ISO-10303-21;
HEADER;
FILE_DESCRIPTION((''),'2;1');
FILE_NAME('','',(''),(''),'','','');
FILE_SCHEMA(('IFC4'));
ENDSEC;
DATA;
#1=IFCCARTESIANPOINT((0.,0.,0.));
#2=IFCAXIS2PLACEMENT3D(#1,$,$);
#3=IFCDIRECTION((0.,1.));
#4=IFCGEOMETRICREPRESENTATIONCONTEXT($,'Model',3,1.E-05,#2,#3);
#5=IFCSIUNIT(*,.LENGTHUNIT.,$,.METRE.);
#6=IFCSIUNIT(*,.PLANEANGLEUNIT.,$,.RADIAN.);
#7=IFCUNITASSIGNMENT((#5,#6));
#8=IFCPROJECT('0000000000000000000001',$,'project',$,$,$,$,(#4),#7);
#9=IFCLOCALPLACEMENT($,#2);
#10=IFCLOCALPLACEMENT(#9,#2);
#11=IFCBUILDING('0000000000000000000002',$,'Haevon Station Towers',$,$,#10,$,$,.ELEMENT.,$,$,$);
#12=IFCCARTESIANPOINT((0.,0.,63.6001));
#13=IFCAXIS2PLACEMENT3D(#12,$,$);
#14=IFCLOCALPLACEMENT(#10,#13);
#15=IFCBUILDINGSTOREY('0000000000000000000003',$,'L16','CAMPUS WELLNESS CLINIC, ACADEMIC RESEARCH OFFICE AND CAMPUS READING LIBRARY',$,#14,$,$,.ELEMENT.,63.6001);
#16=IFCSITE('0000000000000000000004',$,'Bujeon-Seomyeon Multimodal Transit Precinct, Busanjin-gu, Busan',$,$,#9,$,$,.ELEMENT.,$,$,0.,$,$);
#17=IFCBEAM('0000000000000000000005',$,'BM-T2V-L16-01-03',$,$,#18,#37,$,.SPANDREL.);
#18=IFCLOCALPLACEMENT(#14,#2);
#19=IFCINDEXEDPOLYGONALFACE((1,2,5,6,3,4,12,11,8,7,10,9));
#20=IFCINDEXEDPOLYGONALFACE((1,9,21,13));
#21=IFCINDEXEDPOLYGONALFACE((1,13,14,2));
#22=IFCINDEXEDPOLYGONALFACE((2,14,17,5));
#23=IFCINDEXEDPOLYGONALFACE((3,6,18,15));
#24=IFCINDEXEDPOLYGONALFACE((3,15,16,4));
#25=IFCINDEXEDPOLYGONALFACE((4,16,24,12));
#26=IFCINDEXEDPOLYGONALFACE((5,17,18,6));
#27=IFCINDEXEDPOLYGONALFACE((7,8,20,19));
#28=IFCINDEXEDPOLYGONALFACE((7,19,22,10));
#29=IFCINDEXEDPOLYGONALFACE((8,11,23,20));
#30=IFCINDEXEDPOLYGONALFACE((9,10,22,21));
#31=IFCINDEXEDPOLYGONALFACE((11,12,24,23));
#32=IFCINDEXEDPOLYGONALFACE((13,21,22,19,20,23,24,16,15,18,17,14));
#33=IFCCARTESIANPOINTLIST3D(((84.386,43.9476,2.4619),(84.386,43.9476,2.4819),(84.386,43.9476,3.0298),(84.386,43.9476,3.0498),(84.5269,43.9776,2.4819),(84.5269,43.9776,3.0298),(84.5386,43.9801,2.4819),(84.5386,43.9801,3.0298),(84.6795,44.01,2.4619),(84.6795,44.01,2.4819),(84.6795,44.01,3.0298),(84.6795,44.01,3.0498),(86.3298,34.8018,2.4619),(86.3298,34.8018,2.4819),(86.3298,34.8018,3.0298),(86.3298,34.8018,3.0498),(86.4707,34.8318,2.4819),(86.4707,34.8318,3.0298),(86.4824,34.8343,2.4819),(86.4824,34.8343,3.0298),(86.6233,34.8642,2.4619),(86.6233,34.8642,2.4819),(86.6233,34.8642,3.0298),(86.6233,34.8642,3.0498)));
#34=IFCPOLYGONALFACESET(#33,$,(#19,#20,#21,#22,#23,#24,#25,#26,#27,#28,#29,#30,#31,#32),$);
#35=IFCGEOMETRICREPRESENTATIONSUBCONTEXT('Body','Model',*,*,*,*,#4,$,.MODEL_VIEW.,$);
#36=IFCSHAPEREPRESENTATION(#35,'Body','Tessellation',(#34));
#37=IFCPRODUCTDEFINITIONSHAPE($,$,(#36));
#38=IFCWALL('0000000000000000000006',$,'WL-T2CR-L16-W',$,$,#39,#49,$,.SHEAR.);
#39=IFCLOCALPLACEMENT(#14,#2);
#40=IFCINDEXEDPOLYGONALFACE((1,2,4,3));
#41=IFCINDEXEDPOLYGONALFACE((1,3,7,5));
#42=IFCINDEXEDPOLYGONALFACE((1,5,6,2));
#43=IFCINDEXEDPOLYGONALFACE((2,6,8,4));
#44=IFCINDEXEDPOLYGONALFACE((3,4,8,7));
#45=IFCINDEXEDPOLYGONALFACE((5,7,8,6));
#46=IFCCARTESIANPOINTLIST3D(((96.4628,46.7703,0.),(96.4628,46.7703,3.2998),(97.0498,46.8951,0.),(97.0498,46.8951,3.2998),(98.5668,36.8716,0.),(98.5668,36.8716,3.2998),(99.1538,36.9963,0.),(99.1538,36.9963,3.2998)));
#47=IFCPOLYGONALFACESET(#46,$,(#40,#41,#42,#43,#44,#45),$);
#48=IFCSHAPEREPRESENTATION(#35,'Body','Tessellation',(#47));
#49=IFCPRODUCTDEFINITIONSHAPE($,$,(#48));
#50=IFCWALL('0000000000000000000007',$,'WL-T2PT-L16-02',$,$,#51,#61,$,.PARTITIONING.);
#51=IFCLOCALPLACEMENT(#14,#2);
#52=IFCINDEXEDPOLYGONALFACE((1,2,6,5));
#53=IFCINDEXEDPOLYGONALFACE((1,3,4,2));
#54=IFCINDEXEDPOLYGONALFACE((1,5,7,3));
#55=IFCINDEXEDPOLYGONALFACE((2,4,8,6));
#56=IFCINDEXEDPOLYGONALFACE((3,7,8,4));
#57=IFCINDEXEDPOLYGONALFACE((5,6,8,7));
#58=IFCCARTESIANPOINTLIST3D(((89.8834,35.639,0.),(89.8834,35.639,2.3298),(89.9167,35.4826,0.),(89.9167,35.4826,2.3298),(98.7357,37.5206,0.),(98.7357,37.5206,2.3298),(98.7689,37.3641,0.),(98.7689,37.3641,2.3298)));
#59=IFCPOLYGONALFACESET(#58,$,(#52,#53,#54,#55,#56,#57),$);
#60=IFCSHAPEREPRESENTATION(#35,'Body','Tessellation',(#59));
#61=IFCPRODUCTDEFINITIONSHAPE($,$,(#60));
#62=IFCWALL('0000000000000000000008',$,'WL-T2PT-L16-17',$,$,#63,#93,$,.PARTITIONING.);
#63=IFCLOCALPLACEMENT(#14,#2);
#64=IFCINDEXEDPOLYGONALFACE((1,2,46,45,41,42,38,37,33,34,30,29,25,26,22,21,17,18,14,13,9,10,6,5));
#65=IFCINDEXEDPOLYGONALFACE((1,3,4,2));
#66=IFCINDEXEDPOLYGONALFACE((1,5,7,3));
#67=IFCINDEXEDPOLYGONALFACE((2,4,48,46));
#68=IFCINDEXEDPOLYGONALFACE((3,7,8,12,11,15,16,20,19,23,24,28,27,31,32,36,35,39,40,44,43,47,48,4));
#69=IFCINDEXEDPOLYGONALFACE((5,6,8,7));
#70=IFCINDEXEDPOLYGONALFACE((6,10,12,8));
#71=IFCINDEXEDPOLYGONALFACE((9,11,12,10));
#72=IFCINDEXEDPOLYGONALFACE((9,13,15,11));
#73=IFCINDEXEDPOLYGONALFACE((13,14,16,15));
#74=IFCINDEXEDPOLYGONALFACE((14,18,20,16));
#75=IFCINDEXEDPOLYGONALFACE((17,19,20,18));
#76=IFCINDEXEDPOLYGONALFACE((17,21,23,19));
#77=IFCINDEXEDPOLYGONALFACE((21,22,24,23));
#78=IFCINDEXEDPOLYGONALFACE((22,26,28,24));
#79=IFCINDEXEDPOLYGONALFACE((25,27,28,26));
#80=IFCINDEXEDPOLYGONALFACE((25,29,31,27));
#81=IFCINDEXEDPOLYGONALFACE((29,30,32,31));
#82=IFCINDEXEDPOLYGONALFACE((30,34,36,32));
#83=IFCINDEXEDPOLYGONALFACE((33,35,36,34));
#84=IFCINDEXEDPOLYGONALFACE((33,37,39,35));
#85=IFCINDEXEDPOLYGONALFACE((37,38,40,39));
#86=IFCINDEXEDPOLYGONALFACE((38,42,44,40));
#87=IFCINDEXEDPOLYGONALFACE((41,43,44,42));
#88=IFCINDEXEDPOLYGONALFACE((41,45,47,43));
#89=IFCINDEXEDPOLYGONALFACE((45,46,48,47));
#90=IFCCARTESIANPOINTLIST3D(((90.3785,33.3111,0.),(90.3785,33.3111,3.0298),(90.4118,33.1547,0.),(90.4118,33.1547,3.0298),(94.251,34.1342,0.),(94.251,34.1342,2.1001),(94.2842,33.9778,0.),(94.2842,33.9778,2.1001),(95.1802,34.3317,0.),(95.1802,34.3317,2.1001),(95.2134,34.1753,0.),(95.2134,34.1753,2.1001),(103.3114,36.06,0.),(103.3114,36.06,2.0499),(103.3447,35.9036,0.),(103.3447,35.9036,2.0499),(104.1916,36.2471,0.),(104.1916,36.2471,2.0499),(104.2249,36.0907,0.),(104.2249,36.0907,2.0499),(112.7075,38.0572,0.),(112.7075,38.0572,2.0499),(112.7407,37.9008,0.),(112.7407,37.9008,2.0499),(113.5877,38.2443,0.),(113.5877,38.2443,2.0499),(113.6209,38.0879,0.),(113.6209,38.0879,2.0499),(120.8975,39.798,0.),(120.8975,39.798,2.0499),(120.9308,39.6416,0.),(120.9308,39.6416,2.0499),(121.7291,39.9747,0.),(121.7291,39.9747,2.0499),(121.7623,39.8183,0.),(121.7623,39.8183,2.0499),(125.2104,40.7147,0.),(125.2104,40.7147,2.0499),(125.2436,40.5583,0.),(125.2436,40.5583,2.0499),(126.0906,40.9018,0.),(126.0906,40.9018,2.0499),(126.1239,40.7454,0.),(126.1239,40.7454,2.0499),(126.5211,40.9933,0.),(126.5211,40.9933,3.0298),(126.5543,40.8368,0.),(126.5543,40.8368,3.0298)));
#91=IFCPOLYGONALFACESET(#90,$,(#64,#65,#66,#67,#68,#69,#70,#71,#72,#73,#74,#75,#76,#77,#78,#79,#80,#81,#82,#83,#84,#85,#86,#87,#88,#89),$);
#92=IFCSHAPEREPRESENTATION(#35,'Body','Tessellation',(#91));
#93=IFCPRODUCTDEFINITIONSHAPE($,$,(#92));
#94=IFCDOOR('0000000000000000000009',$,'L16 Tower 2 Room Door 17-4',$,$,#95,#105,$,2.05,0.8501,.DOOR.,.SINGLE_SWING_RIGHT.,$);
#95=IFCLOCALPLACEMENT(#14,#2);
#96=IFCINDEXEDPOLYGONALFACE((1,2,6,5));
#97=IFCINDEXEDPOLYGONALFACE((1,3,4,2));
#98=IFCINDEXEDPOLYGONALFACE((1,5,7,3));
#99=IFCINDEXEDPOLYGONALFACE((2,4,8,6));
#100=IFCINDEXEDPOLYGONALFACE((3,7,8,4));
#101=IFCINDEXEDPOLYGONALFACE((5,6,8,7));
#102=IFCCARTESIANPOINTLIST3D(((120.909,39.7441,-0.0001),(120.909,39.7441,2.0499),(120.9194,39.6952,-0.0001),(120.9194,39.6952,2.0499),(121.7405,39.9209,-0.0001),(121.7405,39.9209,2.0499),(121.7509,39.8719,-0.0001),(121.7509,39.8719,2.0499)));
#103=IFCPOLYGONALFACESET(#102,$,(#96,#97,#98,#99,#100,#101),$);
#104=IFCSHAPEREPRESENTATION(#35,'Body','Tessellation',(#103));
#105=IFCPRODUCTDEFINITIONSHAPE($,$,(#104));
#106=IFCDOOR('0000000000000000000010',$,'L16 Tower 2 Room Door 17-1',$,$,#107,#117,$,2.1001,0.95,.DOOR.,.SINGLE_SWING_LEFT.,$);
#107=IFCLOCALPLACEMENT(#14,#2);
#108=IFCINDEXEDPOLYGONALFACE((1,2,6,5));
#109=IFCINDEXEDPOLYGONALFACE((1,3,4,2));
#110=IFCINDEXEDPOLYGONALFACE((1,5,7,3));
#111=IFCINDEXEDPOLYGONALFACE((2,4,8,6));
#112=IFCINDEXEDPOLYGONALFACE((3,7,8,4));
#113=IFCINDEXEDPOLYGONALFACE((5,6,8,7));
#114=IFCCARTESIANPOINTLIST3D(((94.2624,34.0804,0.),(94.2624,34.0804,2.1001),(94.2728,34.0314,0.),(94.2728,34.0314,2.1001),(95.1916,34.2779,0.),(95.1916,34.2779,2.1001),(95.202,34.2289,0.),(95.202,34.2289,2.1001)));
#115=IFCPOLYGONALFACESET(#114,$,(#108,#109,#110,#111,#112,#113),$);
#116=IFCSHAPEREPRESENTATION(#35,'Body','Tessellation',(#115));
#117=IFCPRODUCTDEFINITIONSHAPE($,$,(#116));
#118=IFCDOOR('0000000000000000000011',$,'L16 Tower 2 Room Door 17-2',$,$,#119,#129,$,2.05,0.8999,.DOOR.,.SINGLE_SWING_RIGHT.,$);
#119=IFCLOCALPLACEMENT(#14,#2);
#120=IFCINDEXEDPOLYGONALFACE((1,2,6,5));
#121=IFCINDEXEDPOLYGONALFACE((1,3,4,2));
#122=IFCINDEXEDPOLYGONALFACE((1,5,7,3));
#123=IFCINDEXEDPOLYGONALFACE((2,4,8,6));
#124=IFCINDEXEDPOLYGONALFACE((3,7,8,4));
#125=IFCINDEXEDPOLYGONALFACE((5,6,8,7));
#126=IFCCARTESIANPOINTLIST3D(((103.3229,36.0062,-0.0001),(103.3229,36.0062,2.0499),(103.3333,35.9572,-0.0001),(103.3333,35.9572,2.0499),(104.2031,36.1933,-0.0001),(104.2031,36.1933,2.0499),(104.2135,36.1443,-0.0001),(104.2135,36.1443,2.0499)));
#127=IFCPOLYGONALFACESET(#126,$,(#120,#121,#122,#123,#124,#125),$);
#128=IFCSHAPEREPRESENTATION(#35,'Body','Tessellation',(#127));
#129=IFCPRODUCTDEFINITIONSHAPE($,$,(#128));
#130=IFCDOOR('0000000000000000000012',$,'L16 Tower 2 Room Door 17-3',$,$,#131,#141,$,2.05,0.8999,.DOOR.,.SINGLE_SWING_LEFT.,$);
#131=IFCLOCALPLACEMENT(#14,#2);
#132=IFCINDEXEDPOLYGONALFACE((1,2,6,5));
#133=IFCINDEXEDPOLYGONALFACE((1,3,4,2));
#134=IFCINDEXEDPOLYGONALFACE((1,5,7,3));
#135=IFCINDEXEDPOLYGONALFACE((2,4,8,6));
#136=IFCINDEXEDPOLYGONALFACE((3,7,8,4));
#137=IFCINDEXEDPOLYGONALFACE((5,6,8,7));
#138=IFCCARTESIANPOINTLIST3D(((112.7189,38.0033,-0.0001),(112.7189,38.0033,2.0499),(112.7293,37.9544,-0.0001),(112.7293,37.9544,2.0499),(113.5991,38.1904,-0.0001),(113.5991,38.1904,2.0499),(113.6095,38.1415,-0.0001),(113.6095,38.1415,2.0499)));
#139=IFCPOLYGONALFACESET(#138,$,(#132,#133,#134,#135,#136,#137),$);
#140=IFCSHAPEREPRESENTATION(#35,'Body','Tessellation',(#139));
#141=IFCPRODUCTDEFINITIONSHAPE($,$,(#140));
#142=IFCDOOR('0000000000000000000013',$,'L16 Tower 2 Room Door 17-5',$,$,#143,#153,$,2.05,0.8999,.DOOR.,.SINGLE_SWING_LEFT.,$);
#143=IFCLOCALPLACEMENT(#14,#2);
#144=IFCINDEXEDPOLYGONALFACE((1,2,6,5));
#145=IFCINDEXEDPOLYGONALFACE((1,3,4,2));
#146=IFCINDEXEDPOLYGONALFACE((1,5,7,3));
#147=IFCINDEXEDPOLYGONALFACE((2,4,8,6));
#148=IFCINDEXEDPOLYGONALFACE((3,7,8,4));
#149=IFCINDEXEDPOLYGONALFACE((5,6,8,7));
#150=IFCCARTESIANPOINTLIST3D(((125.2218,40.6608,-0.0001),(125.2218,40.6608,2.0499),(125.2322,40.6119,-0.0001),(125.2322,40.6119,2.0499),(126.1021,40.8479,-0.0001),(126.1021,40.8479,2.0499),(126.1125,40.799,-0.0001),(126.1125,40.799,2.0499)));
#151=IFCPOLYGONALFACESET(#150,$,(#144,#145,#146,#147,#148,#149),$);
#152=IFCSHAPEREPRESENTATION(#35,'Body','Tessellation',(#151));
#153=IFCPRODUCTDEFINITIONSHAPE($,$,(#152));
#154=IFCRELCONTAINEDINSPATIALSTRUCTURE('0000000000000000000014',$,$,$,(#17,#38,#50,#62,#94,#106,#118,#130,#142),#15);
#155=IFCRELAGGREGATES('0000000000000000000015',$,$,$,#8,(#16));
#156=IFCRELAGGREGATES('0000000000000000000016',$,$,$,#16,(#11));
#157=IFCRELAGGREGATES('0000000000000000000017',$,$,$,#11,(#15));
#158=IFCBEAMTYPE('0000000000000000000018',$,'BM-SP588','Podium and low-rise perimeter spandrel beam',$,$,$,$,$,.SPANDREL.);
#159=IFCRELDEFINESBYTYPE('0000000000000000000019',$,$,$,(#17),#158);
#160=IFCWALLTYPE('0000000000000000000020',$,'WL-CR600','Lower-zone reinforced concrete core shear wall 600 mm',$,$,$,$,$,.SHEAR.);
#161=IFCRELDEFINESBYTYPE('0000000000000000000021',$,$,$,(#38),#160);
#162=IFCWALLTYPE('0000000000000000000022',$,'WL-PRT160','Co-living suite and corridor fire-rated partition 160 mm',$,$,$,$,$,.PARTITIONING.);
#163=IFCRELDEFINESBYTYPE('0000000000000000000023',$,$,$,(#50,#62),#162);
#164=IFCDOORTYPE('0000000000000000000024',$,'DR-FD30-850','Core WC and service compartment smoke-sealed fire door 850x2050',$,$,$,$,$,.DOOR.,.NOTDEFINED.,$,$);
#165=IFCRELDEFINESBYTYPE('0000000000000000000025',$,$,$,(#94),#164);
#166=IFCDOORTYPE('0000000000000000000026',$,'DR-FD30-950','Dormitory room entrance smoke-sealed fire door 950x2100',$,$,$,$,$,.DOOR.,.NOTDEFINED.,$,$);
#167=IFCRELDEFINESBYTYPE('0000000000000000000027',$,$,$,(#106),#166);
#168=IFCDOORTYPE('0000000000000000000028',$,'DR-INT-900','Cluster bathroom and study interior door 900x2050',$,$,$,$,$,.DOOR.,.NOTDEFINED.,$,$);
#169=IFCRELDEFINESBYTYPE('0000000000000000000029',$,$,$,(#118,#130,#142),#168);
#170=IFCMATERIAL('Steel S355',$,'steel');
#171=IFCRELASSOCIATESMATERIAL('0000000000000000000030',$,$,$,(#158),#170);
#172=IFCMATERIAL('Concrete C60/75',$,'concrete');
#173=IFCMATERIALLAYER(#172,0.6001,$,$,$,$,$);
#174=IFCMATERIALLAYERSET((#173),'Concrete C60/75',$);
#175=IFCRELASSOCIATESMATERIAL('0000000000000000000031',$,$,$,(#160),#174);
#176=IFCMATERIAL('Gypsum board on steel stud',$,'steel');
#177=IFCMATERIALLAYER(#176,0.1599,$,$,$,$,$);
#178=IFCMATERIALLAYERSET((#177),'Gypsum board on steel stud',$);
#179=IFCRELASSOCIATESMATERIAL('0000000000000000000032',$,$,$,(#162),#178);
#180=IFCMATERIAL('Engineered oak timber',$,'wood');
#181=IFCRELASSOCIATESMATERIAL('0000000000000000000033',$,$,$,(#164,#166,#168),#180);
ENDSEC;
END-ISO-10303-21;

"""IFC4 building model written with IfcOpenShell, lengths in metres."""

from ifc_helpers import new_model, si_unit, direction, frame, frame_2d, origin, origin_2d, place, context, subcontext, project, spatial, rectangle, i_section, extrude, material, layer, layer_set, material_profile, profile_set, type_object, element, fill, save


model = new_model("IFC4")

# Units and contexts
model_context = context("Model", 3, precision=1e-05, world=origin(), true_north=direction((0.0, 1.0)))
body_context = subcontext(model_context, "Body", "Model", "MODEL_VIEW")
ifc_project = project(units=[si_unit("LENGTHUNIT", "METRE"), si_unit("PLANEANGLEUNIT", "RADIAN")], contexts=[model_context])

# Site, building, storey
site_placement = place(None, origin())
site = spatial("IfcSite", under=ifc_project, at=site_placement, Name="Bujeon-Seomyeon Multimodal Transit Precinct, Busanjin-gu, Busan", CompositionType="ELEMENT", RefElevation=0.0)
building_placement = place(site_placement, origin())
building = spatial("IfcBuilding", under=site, at=building_placement, Name="Haevon Station Towers", CompositionType="ELEMENT")
storey_placement = place(building_placement, frame((0.0, 0.0, 63.6001)))
storey = spatial("IfcBuildingStorey", under=building, at=storey_placement, Name="L16", Description="CAMPUS WELLNESS CLINIC, ACADEMIC RESEARCH OFFICE AND CAMPUS READING LIBRARY", CompositionType="ELEMENT", Elevation=63.6001)

# Beam
ifc_material_1 = material(Name="Steel S355", Category="steel")
ifc_material_profile_1 = material_profile(ifc_material_1, i_section(OverallWidth=0.3, OverallDepth=0.5879, WebThickness=0.012, FlangeThickness=0.02, at=origin_2d()), Name="H-588x300x12x20")
ifc_profile_set_1 = profile_set([ifc_material_profile_1], Name="Steel S355")
beam_type_1 = type_object("IfcBeamType", Name="BM-SP588", Description="Podium and low-rise perimeter spandrel beam", PredefinedType="SPANDREL", material=ifc_profile_set_1)
beam_1_placement = place(storey_placement, frame((86.4766, 34.833, 2.7559), z_axis=(-0.207897, 0.978151, 0.0), x_axis=(-0.978151, -0.207897, 0.0)))
element("IfcBeam", 1, at=beam_1_placement, inside=storey, type_object=beam_type_1, Name="BM-T2V-L16-01-03", PredefinedType="SPANDREL", context=body_context, shape_type="SweptSolid", body=[
    extrude(i_section(OverallWidth=0.3, OverallDepth=0.5879, WebThickness=0.012, FlangeThickness=0.02, at=origin_2d()), origin(), (0.0, 0.0, 1.0), 9.3501),
])

# Walls
ifc_material_2 = material(Name="Concrete C60/75", Category="concrete")
ifc_layer_1 = layer(ifc_material_2, 0.6001)
ifc_layer_set_1 = layer_set([ifc_layer_1], Name="Concrete C60/75")
wall_type_1 = type_object("IfcWallType", Name="WL-CR600", Description="Lower-zone reinforced concrete core shear wall 600 mm", PredefinedType="SHEAR", material=ifc_layer_set_1)
wall_1_placement = place(storey_placement, frame((98.8604, 36.9338, 0.0), z_axis=(0.0, 0.0, 1.0), x_axis=(-0.207909, 0.978148, 0.0)))
element("IfcWall", 2, at=wall_1_placement, inside=storey, type_object=wall_type_1, Name="WL-T2CR-L16-W", PredefinedType="SHEAR", context=body_context, shape_type="SweptSolid", body=[
    extrude(rectangle(XDim=10.1199, YDim=0.6001, at=frame_2d((5.0601, 0.0))), origin(), (0.0, 0.0, 1.0), 3.2998),
])
ifc_material_3 = material(Name="Gypsum board on steel stud", Category="steel")
ifc_layer_2 = layer(ifc_material_3, 0.1599)
ifc_layer_set_2 = layer_set([ifc_layer_2], Name="Gypsum board on steel stud")
wall_type_2 = type_object("IfcWallType", Name="WL-PRT160", Description="Co-living suite and corridor fire-rated partition 160 mm", PredefinedType="PARTITIONING", material=ifc_layer_set_2)
wall_2_placement = place(storey_placement, frame((89.9001, 35.5608, 0.0), z_axis=(0.0, 0.0, 1.0), x_axis=(0.978148, 0.207909, 0.0)))
element("IfcWall", 3, at=wall_2_placement, inside=storey, type_object=wall_type_2, Name="WL-T2PT-L16-02", PredefinedType="PARTITIONING", context=body_context, shape_type="SweptSolid", body=[
    extrude(rectangle(XDim=9.05, YDim=0.1599, at=frame_2d((4.5249, 0.0))), origin(), (0.0, 0.0, 1.0), 2.3298),
])

# Wall, openings, doors
wall_3_placement = place(storey_placement, frame((90.395, 33.2329, 0.0), z_axis=(0.0, 0.0, 1.0), x_axis=(0.978149, 0.207906, 0.0)))
wall_3 = element("IfcWall", 4, at=wall_3_placement, inside=storey, type_object=wall_type_2, Name="WL-T2PT-L16-17", PredefinedType="PARTITIONING", context=body_context, shape_type="SweptSolid", body=[
    extrude(rectangle(XDim=36.95, YDim=0.1599, at=frame_2d((18.4751, 0.0))), origin(), (0.0, 0.0, 1.0), 3.0298),
])
opening_1_placement = place(wall_3_placement, frame((3.959, 0.0, 0.0)))
opening_1 = element("IfcOpeningElement", 5, at=opening_1_placement, cuts=wall_3, PredefinedType="OPENING", context=body_context, shape_type="SweptSolid", body=[
    extrude(rectangle(XDim=0.95, YDim=2.1001, at=frame_2d((0.4751, 1.05))), frame((0.0, 0.0898, 0.0), z_axis=(0.0, -1.0, 0.0), x_axis=(1.0, 0.0, 0.0)), (0.0, 0.0, 1.0), 0.1799),
])
opening_2_placement = place(wall_3_placement, frame((13.2219, 0.0, 0.0)))
opening_2 = element("IfcOpeningElement", 6, at=opening_2_placement, cuts=wall_3, PredefinedType="OPENING", context=body_context, shape_type="SweptSolid", body=[
    extrude(rectangle(XDim=0.8999, YDim=2.05, at=frame_2d((0.45, 1.0249))), frame((0.0, 0.0898, 0.0), z_axis=(0.0, -1.0, 0.0), x_axis=(1.0, 0.0, 0.0)), (0.0, 0.0, 1.0), 0.1799),
])
opening_3_placement = place(wall_3_placement, frame((22.8279, 0.0, 0.0)))
opening_3 = element("IfcOpeningElement", 7, at=opening_3_placement, cuts=wall_3, PredefinedType="OPENING", context=body_context, shape_type="SweptSolid", body=[
    extrude(rectangle(XDim=0.8999, YDim=2.05, at=frame_2d((0.45, 1.0249))), frame((0.0, 0.0898, 0.0), z_axis=(0.0, -1.0, 0.0), x_axis=(1.0, 0.0, 0.0)), (0.0, 0.0, 1.0), 0.1799),
])
opening_4_placement = place(wall_3_placement, frame((31.2009, 0.0, 0.0)))
opening_4 = element("IfcOpeningElement", 8, at=opening_4_placement, cuts=wall_3, PredefinedType="OPENING", context=body_context, shape_type="SweptSolid", body=[
    extrude(rectangle(XDim=0.8501, YDim=2.05, at=frame_2d((0.425, 1.0249))), frame((0.0, 0.0898, 0.0), z_axis=(0.0, -1.0, 0.0), x_axis=(1.0, 0.0, 0.0)), (0.0, 0.0, 1.0), 0.1799),
])
opening_5_placement = place(wall_3_placement, frame((35.6101, 0.0, 0.0)))
opening_5 = element("IfcOpeningElement", 9, at=opening_5_placement, cuts=wall_3, PredefinedType="OPENING", context=body_context, shape_type="SweptSolid", body=[
    extrude(rectangle(XDim=0.8999, YDim=2.05, at=frame_2d((0.45, 1.0249))), frame((0.0, 0.0898, 0.0), z_axis=(0.0, -1.0, 0.0), x_axis=(1.0, 0.0, 0.0)), (0.0, 0.0, 1.0), 0.1799),
])
ifc_material_4 = material(Name="Engineered oak timber", Category="wood")
door_type_1 = type_object("IfcDoorType", Name="DR-FD30-850", Description="Core WC and service compartment smoke-sealed fire door 850x2050", OperationType="NOTDEFINED", PredefinedType="DOOR", material=ifc_material_4)
door_1_placement = place(opening_4_placement, origin())
door_1 = element("IfcDoor", 10, at=door_1_placement, inside=storey, type_object=door_type_1, Name="L16 Tower 2 Room Door 17-4", OperationType="SINGLE_SWING_RIGHT", OverallHeight=2.05, OverallWidth=0.8501, PredefinedType="DOOR", context=body_context, shape_type="SweptSolid", body=[
    extrude(rectangle(XDim=0.8501, YDim=2.05, at=frame_2d((0.425, 1.0249))), frame((0.0, 0.0249, 0.0), z_axis=(0.0, -1.0, 0.0), x_axis=(1.0, 0.0, 0.0)), (0.0, 0.0, 1.0), 0.05),
])
fill(opening_4, door_1)
door_type_2 = type_object("IfcDoorType", Name="DR-FD30-950", Description="Dormitory room entrance smoke-sealed fire door 950x2100", OperationType="NOTDEFINED", PredefinedType="DOOR", material=ifc_material_4)
door_2_placement = place(opening_1_placement, origin())
door_2 = element("IfcDoor", 11, at=door_2_placement, inside=storey, type_object=door_type_2, Name="L16 Tower 2 Room Door 17-1", OperationType="SINGLE_SWING_LEFT", OverallHeight=2.1001, OverallWidth=0.95, PredefinedType="DOOR", context=body_context, shape_type="SweptSolid", body=[
    extrude(rectangle(XDim=0.95, YDim=2.1001, at=frame_2d((0.4751, 1.05))), frame((0.0, 0.0249, 0.0), z_axis=(0.0, -1.0, 0.0), x_axis=(1.0, 0.0, 0.0)), (0.0, 0.0, 1.0), 0.05),
])
fill(opening_1, door_2)
door_type_3 = type_object("IfcDoorType", Name="DR-INT-900", Description="Cluster bathroom and study interior door 900x2050", OperationType="NOTDEFINED", PredefinedType="DOOR", material=ifc_material_4)
door_3_placement = place(opening_2_placement, origin())
door_3 = element("IfcDoor", 12, at=door_3_placement, inside=storey, type_object=door_type_3, Name="L16 Tower 2 Room Door 17-2", OperationType="SINGLE_SWING_RIGHT", OverallHeight=2.05, OverallWidth=0.8999, PredefinedType="DOOR", context=body_context, shape_type="SweptSolid", body=[
    extrude(rectangle(XDim=0.8999, YDim=2.05, at=frame_2d((0.45, 1.0249))), frame((0.0, 0.0249, 0.0), z_axis=(0.0, -1.0, 0.0), x_axis=(1.0, 0.0, 0.0)), (0.0, 0.0, 1.0), 0.05),
])
fill(opening_2, door_3)
door_4_placement = place(opening_3_placement, origin())
door_4 = element("IfcDoor", 13, at=door_4_placement, inside=storey, type_object=door_type_3, Name="L16 Tower 2 Room Door 17-3", OperationType="SINGLE_SWING_LEFT", OverallHeight=2.05, OverallWidth=0.8999, PredefinedType="DOOR", context=body_context, shape_type="SweptSolid", body=[
    extrude(rectangle(XDim=0.8999, YDim=2.05, at=frame_2d((0.45, 1.0249))), frame((0.0, 0.0249, 0.0), z_axis=(0.0, -1.0, 0.0), x_axis=(1.0, 0.0, 0.0)), (0.0, 0.0, 1.0), 0.05),
])
fill(opening_3, door_4)
door_5_placement = place(opening_5_placement, origin())
door_5 = element("IfcDoor", 14, at=door_5_placement, inside=storey, type_object=door_type_3, Name="L16 Tower 2 Room Door 17-5", OperationType="SINGLE_SWING_LEFT", OverallHeight=2.05, OverallWidth=0.8999, PredefinedType="DOOR", context=body_context, shape_type="SweptSolid", body=[
    extrude(rectangle(XDim=0.8999, YDim=2.05, at=frame_2d((0.45, 1.0249))), frame((0.0, 0.0249, 0.0), z_axis=(0.0, -1.0, 0.0), x_axis=(1.0, 0.0, 0.0)), (0.0, 0.0, 1.0), 0.05),
])
fill(opening_5, door_5)

save(model, "model.ifc")
